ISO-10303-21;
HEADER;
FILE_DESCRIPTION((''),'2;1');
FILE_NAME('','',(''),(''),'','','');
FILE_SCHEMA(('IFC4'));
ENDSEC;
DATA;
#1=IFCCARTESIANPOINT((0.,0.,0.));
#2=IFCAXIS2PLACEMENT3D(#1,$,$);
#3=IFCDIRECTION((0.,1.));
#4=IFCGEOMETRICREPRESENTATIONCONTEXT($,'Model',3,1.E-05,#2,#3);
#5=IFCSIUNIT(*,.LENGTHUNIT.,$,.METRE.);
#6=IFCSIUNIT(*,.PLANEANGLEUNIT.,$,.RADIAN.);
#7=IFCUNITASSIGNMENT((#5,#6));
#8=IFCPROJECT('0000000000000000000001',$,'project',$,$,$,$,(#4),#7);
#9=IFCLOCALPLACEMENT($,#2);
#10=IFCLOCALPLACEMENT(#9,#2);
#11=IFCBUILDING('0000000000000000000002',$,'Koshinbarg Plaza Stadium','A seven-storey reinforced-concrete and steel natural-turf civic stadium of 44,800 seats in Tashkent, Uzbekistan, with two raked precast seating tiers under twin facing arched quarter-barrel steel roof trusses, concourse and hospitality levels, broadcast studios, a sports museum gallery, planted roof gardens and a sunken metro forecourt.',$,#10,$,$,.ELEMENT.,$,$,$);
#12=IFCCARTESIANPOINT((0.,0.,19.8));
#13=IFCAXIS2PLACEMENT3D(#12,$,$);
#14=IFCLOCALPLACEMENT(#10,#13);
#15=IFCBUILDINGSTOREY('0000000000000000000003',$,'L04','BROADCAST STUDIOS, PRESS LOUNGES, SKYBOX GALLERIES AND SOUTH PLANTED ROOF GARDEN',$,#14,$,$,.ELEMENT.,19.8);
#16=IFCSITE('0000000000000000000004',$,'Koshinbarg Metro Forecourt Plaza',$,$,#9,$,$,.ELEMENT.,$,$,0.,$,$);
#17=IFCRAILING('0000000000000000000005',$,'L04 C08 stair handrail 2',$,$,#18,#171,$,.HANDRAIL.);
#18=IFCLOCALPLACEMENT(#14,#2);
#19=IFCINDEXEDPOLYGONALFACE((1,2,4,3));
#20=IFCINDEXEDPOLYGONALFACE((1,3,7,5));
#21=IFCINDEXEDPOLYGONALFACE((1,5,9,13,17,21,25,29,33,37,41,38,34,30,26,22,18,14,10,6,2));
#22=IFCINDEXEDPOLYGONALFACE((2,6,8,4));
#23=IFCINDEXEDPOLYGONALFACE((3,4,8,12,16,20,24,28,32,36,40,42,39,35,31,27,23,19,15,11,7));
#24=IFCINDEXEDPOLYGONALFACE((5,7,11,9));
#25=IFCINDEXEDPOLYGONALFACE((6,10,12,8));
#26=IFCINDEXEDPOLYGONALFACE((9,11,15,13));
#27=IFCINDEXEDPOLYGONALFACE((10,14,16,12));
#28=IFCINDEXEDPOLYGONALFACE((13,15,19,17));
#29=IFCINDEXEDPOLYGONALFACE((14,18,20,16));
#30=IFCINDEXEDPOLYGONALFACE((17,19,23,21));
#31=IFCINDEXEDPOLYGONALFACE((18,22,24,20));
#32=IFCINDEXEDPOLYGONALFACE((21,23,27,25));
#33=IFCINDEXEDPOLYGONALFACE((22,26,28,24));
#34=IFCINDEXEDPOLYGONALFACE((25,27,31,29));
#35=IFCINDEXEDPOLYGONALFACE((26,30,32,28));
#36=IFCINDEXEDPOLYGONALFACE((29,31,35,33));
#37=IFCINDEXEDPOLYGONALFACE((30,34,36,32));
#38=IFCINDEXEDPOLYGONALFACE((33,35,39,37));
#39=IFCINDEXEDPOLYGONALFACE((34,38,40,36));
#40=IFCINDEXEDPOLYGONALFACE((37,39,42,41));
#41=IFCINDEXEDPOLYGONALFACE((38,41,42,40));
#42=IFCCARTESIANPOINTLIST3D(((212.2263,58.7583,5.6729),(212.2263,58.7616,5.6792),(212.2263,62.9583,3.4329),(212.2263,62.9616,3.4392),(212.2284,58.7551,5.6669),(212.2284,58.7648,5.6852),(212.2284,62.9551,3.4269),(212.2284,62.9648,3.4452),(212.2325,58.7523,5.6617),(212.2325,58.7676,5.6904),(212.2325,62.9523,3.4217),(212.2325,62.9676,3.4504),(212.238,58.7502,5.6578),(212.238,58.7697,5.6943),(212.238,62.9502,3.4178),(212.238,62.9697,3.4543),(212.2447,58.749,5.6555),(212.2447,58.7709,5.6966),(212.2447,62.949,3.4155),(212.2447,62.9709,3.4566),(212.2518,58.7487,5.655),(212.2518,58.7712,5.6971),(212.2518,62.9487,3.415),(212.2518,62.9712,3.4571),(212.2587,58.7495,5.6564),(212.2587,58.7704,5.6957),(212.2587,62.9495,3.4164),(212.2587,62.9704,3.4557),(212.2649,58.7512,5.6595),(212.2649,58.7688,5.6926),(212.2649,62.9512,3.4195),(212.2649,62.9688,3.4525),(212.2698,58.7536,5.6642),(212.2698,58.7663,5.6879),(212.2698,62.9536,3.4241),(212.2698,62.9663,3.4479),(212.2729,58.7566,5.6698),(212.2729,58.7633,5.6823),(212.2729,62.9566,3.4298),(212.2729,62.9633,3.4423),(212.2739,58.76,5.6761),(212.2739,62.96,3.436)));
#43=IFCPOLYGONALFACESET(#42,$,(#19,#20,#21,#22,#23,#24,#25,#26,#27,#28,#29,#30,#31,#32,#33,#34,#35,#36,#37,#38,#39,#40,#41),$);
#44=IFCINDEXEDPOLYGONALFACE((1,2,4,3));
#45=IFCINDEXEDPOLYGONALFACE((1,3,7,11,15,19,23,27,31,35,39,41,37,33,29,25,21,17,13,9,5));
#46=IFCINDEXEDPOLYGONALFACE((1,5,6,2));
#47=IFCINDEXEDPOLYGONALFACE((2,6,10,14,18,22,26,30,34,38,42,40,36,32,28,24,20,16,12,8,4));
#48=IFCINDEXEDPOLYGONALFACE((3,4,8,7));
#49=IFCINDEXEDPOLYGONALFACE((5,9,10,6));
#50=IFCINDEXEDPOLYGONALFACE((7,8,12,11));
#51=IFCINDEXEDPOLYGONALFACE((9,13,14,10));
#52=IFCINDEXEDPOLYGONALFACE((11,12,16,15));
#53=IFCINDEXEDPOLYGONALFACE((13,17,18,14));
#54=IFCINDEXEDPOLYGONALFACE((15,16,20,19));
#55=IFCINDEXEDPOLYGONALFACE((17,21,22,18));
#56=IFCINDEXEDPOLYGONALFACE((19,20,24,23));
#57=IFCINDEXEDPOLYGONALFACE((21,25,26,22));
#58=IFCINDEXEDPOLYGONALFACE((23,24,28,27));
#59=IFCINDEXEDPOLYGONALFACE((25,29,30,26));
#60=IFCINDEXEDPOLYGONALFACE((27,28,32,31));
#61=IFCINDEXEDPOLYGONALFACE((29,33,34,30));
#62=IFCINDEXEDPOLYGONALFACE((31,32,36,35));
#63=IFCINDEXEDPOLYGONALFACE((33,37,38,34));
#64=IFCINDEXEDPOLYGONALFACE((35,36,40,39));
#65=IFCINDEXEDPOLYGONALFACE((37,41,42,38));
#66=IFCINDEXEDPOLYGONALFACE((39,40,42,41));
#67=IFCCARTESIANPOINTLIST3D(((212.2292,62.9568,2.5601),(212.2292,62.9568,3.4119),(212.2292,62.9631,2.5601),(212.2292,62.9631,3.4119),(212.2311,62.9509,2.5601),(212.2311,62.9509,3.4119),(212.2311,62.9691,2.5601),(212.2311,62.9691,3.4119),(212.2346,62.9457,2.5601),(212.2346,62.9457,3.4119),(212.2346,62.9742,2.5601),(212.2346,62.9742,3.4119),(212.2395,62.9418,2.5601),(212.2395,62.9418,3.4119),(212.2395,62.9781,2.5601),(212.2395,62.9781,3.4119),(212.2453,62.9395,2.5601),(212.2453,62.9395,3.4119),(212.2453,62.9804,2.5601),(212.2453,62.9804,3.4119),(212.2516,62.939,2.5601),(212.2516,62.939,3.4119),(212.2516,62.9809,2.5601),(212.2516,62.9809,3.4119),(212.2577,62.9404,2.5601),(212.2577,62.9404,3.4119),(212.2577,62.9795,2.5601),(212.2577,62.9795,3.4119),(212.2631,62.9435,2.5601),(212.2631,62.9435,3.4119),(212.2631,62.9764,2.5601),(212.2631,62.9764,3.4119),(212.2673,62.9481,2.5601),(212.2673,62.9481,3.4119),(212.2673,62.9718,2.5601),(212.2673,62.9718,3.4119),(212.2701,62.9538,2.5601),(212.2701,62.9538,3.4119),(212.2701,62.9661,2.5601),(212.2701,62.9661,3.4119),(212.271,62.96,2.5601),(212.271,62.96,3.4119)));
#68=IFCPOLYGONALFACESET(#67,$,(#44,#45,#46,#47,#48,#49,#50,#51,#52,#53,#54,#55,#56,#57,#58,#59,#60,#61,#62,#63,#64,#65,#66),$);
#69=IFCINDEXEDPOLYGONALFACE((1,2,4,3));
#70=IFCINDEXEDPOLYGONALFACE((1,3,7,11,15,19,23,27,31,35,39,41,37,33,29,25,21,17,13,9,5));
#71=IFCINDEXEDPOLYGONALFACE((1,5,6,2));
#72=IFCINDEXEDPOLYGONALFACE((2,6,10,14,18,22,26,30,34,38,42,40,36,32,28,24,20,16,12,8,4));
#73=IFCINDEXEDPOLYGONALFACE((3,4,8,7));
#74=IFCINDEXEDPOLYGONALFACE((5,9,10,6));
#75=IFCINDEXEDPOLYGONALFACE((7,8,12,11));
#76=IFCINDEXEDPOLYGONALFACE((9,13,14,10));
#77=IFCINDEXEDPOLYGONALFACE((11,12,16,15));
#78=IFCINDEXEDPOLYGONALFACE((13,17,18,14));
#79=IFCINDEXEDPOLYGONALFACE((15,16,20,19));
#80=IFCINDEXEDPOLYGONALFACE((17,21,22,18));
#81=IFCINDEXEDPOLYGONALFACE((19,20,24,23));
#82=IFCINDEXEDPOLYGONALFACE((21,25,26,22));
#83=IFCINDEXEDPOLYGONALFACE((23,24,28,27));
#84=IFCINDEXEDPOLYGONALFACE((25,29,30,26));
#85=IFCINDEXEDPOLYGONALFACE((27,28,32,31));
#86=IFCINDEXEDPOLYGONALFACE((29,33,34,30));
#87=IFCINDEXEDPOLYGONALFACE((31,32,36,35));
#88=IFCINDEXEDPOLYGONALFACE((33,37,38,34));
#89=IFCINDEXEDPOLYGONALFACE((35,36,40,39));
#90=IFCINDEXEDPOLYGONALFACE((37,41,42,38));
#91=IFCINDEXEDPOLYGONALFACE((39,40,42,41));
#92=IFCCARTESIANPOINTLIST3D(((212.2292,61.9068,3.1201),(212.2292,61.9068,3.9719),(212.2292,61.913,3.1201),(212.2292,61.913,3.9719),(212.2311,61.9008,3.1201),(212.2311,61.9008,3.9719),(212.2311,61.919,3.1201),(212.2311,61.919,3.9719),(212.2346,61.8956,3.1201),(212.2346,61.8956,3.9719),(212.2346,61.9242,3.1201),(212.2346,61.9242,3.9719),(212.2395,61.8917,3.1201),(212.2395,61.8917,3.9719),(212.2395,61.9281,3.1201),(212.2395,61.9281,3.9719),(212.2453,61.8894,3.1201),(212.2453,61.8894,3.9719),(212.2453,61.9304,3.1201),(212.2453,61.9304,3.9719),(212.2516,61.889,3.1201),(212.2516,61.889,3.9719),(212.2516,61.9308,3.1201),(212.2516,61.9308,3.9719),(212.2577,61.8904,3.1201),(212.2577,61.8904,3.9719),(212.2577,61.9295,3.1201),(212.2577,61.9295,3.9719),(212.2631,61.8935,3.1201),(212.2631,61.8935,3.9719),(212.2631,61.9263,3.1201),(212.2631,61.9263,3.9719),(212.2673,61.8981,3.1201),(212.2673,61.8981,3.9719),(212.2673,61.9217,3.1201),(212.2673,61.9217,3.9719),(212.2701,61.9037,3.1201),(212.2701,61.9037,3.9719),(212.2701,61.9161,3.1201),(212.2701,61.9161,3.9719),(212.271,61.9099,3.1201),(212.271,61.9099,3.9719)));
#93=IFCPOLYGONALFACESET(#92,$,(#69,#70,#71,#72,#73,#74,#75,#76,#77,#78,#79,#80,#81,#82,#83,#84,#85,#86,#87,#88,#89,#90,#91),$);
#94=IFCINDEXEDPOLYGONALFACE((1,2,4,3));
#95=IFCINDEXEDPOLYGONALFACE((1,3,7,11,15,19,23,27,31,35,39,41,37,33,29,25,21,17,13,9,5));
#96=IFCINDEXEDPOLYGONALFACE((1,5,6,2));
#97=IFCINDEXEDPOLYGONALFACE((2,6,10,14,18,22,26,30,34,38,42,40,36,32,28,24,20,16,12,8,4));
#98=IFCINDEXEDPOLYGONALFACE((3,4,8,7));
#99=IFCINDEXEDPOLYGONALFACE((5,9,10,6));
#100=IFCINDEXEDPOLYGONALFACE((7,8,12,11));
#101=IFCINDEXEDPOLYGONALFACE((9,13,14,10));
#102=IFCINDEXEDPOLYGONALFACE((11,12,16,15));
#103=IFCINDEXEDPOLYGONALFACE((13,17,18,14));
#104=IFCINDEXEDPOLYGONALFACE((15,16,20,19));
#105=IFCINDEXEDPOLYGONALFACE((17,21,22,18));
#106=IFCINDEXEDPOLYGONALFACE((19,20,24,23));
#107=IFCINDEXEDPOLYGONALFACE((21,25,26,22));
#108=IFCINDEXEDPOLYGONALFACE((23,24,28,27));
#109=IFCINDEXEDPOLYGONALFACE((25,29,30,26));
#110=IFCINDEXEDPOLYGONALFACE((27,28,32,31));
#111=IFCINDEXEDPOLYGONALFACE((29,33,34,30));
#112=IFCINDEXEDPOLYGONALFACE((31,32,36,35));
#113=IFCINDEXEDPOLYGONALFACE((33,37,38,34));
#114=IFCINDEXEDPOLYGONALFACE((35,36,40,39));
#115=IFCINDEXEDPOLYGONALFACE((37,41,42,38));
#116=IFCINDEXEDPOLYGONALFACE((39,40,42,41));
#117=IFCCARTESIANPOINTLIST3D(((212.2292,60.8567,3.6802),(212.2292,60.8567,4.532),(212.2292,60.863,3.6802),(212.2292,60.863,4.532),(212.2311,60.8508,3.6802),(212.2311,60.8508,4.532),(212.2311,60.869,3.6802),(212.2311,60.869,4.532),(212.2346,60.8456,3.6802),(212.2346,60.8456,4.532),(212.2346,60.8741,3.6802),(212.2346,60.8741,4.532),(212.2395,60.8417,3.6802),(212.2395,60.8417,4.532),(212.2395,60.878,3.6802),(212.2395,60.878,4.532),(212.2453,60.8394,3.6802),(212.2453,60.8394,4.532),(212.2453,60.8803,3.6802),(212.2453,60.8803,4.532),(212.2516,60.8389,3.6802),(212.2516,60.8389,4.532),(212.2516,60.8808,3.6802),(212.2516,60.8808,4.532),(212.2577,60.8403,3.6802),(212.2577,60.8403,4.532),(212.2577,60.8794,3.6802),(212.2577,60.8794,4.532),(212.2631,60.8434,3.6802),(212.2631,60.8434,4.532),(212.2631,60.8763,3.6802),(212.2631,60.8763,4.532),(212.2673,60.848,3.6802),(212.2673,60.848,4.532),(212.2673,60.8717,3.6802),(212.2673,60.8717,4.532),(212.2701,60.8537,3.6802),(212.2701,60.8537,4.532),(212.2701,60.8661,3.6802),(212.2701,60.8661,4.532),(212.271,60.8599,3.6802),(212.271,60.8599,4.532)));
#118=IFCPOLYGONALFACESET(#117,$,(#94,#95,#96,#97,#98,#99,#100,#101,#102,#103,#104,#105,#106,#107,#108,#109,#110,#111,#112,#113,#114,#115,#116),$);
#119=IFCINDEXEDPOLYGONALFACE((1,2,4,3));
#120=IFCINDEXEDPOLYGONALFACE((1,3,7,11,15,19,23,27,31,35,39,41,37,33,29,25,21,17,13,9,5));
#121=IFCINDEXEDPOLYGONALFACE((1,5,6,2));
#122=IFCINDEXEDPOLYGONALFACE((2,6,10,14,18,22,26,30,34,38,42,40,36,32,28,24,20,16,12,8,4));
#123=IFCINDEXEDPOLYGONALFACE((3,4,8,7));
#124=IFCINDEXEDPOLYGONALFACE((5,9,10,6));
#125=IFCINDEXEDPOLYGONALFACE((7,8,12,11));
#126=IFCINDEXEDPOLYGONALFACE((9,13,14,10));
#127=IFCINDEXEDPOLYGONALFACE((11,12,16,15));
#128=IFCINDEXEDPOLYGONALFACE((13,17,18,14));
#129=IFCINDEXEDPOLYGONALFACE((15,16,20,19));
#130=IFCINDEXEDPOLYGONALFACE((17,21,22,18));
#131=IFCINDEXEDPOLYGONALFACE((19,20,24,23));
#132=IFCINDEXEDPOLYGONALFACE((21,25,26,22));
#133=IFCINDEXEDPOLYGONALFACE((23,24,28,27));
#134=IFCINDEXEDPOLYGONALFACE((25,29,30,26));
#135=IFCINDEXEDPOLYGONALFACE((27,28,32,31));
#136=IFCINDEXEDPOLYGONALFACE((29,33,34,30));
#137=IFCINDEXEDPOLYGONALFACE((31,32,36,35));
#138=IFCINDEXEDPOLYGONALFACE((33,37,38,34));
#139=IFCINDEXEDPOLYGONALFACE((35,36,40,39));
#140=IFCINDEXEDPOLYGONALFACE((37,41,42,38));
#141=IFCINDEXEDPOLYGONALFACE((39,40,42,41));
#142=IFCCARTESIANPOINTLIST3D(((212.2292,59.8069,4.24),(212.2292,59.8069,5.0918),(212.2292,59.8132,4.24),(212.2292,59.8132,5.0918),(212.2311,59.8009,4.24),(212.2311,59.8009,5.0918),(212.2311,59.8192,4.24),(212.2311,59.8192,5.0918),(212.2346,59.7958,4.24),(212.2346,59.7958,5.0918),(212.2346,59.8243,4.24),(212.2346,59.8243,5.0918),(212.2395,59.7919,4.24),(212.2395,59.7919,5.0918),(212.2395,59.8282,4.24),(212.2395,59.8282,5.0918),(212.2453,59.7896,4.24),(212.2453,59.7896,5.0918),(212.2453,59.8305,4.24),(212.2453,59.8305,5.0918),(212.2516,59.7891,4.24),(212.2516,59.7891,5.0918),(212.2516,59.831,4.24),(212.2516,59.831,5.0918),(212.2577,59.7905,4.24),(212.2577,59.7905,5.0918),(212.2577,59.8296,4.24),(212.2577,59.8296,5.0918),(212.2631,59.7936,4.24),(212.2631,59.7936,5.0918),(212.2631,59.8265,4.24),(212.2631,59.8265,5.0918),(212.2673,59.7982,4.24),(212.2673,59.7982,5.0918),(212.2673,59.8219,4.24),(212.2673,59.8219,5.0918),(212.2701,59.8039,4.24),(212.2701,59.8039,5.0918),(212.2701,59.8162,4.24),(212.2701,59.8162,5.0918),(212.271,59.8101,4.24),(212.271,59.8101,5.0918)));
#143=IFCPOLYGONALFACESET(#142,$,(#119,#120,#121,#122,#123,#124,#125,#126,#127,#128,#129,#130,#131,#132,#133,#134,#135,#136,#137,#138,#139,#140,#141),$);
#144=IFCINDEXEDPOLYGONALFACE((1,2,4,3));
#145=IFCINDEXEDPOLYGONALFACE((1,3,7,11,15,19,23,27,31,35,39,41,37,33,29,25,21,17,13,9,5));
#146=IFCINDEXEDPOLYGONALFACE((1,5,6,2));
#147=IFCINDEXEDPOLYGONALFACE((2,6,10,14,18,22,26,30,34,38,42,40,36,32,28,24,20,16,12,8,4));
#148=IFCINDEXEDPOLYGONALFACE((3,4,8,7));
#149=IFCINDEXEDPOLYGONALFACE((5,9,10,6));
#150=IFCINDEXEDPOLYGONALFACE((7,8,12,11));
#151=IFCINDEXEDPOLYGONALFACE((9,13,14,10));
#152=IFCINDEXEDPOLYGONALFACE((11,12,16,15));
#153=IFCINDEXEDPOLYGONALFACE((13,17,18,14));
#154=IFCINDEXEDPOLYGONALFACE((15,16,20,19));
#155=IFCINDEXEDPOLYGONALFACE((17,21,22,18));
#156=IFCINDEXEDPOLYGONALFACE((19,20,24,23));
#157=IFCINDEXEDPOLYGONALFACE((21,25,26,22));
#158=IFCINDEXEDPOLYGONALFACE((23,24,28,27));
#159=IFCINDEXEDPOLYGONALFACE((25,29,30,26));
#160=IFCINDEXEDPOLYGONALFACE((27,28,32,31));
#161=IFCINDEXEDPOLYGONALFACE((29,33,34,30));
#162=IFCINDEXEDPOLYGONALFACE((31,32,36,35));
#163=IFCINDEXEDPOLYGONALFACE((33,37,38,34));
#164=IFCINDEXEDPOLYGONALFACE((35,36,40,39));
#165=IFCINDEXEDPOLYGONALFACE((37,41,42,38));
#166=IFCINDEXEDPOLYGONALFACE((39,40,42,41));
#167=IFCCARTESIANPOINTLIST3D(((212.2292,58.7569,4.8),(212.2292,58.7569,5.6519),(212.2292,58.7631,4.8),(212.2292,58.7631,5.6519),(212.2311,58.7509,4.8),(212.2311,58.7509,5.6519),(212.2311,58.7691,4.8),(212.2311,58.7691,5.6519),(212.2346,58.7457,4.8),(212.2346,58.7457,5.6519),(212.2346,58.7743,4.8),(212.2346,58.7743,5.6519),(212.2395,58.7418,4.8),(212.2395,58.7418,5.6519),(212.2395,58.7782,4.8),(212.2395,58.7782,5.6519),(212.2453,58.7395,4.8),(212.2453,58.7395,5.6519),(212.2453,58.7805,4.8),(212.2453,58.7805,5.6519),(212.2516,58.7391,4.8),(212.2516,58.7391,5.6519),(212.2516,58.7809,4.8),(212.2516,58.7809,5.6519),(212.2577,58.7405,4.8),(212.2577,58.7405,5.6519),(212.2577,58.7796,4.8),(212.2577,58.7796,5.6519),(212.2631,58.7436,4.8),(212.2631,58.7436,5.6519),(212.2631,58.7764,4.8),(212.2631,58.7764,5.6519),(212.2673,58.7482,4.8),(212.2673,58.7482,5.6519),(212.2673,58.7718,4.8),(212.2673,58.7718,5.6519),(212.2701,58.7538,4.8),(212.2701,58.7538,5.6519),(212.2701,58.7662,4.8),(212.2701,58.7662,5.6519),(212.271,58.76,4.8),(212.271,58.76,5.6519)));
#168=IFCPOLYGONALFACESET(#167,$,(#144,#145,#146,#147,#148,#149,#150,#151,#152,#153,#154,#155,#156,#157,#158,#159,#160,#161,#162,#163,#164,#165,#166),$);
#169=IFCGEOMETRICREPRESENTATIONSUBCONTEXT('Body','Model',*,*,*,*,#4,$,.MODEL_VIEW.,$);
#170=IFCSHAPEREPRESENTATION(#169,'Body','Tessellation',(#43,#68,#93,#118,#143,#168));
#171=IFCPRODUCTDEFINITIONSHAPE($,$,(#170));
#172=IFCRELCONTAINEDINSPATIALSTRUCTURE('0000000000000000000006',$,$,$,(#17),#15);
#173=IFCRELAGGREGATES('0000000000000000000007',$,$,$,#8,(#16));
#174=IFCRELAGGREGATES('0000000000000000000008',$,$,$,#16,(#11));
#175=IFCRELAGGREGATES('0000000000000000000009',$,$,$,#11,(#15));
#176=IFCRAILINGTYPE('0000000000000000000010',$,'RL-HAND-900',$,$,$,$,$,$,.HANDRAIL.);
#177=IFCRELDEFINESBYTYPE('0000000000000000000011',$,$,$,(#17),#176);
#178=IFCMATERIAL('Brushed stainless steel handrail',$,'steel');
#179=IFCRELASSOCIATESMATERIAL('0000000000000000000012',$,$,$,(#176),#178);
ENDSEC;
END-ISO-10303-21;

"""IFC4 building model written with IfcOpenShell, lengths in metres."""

from ifc_helpers import new_model, si_unit, direction, frame, origin, origin_2d, place, context, subcontext, project, spatial, circle, extrude, material, type_object, element, save


model = new_model("IFC4")

# Units and contexts
model_context = context("Model", 3, precision=1e-05, world=origin(), true_north=direction((0.0, 1.0)))
body_context = subcontext(model_context, "Body", "Model", "MODEL_VIEW")
ifc_project = project(units=[si_unit("LENGTHUNIT", "METRE"), si_unit("PLANEANGLEUNIT", "RADIAN")], contexts=[model_context])

# Site, building, storey
site_placement = place(None, origin())
site = spatial("IfcSite", under=ifc_project, at=site_placement, Name="Koshinbarg Metro Forecourt Plaza", CompositionType="ELEMENT", RefElevation=0.0)
building_placement = place(site_placement, origin())
building = spatial("IfcBuilding", under=site, at=building_placement, Name="Koshinbarg Plaza Stadium", Description="A seven-storey reinforced-concrete and steel natural-turf civic stadium of 44,800 seats in Tashkent, Uzbekistan, with two raked precast seating tiers under twin facing arched quarter-barrel steel roof trusses, concourse and hospitality levels, broadcast studios, a sports museum gallery, planted roof gardens and a sunken metro forecourt.", CompositionType="ELEMENT")
storey_placement = place(building_placement, frame((0.0, 0.0, 19.8)))
storey = spatial("IfcBuildingStorey", under=building, at=storey_placement, Name="L04", Description="BROADCAST STUDIOS, PRESS LOUNGES, SKYBOX GALLERIES AND SOUTH PLANTED ROOF GARDEN", CompositionType="ELEMENT", Elevation=19.8)

# Railing
ifc_material_1 = material(Name="Brushed stainless steel handrail", Category="steel")
railing_type_1 = type_object("IfcRailingType", Name="RL-HAND-900", PredefinedType="HANDRAIL", material=ifc_material_1)
railing_1_placement = place(storey_placement, frame((212.25, 62.96, 2.5601)))
element("IfcRailing", 1, at=railing_1_placement, inside=storey, type_object=railing_type_1, Name="L04 C08 stair handrail 2", PredefinedType="HANDRAIL", context=body_context, shape_type="SweptSolid", body=[
    extrude(circle(Radius=0.0239, at=origin_2d()), frame((0.0, 0.0, 0.876), z_axis=(0.0, -0.882352, 0.470591), x_axis=(1.0, 0.0, 0.0)), (0.0, 0.0, 1.0), 4.76),
    extrude(circle(Radius=0.021, at=origin_2d()), origin(), (0.0, 0.0, 1.0), 0.8518),
    extrude(circle(Radius=0.021, at=origin_2d()), frame((0.0, -1.05, 0.5601)), (0.0, 0.0, 1.0), 0.8518),
    extrude(circle(Radius=0.021, at=origin_2d()), frame((0.0, -2.1001, 1.1201)), (0.0, 0.0, 1.0), 0.8518),
    extrude(circle(Radius=0.021, at=origin_2d()), frame((0.0, -3.1499, 1.6799)), (0.0, 0.0, 1.0), 0.8518),
    extrude(circle(Radius=0.021, at=origin_2d()), frame((0.0, -4.2, 2.24)), (0.0, 0.0, 1.0), 0.8518),
])

save(model, "model.ifc")
